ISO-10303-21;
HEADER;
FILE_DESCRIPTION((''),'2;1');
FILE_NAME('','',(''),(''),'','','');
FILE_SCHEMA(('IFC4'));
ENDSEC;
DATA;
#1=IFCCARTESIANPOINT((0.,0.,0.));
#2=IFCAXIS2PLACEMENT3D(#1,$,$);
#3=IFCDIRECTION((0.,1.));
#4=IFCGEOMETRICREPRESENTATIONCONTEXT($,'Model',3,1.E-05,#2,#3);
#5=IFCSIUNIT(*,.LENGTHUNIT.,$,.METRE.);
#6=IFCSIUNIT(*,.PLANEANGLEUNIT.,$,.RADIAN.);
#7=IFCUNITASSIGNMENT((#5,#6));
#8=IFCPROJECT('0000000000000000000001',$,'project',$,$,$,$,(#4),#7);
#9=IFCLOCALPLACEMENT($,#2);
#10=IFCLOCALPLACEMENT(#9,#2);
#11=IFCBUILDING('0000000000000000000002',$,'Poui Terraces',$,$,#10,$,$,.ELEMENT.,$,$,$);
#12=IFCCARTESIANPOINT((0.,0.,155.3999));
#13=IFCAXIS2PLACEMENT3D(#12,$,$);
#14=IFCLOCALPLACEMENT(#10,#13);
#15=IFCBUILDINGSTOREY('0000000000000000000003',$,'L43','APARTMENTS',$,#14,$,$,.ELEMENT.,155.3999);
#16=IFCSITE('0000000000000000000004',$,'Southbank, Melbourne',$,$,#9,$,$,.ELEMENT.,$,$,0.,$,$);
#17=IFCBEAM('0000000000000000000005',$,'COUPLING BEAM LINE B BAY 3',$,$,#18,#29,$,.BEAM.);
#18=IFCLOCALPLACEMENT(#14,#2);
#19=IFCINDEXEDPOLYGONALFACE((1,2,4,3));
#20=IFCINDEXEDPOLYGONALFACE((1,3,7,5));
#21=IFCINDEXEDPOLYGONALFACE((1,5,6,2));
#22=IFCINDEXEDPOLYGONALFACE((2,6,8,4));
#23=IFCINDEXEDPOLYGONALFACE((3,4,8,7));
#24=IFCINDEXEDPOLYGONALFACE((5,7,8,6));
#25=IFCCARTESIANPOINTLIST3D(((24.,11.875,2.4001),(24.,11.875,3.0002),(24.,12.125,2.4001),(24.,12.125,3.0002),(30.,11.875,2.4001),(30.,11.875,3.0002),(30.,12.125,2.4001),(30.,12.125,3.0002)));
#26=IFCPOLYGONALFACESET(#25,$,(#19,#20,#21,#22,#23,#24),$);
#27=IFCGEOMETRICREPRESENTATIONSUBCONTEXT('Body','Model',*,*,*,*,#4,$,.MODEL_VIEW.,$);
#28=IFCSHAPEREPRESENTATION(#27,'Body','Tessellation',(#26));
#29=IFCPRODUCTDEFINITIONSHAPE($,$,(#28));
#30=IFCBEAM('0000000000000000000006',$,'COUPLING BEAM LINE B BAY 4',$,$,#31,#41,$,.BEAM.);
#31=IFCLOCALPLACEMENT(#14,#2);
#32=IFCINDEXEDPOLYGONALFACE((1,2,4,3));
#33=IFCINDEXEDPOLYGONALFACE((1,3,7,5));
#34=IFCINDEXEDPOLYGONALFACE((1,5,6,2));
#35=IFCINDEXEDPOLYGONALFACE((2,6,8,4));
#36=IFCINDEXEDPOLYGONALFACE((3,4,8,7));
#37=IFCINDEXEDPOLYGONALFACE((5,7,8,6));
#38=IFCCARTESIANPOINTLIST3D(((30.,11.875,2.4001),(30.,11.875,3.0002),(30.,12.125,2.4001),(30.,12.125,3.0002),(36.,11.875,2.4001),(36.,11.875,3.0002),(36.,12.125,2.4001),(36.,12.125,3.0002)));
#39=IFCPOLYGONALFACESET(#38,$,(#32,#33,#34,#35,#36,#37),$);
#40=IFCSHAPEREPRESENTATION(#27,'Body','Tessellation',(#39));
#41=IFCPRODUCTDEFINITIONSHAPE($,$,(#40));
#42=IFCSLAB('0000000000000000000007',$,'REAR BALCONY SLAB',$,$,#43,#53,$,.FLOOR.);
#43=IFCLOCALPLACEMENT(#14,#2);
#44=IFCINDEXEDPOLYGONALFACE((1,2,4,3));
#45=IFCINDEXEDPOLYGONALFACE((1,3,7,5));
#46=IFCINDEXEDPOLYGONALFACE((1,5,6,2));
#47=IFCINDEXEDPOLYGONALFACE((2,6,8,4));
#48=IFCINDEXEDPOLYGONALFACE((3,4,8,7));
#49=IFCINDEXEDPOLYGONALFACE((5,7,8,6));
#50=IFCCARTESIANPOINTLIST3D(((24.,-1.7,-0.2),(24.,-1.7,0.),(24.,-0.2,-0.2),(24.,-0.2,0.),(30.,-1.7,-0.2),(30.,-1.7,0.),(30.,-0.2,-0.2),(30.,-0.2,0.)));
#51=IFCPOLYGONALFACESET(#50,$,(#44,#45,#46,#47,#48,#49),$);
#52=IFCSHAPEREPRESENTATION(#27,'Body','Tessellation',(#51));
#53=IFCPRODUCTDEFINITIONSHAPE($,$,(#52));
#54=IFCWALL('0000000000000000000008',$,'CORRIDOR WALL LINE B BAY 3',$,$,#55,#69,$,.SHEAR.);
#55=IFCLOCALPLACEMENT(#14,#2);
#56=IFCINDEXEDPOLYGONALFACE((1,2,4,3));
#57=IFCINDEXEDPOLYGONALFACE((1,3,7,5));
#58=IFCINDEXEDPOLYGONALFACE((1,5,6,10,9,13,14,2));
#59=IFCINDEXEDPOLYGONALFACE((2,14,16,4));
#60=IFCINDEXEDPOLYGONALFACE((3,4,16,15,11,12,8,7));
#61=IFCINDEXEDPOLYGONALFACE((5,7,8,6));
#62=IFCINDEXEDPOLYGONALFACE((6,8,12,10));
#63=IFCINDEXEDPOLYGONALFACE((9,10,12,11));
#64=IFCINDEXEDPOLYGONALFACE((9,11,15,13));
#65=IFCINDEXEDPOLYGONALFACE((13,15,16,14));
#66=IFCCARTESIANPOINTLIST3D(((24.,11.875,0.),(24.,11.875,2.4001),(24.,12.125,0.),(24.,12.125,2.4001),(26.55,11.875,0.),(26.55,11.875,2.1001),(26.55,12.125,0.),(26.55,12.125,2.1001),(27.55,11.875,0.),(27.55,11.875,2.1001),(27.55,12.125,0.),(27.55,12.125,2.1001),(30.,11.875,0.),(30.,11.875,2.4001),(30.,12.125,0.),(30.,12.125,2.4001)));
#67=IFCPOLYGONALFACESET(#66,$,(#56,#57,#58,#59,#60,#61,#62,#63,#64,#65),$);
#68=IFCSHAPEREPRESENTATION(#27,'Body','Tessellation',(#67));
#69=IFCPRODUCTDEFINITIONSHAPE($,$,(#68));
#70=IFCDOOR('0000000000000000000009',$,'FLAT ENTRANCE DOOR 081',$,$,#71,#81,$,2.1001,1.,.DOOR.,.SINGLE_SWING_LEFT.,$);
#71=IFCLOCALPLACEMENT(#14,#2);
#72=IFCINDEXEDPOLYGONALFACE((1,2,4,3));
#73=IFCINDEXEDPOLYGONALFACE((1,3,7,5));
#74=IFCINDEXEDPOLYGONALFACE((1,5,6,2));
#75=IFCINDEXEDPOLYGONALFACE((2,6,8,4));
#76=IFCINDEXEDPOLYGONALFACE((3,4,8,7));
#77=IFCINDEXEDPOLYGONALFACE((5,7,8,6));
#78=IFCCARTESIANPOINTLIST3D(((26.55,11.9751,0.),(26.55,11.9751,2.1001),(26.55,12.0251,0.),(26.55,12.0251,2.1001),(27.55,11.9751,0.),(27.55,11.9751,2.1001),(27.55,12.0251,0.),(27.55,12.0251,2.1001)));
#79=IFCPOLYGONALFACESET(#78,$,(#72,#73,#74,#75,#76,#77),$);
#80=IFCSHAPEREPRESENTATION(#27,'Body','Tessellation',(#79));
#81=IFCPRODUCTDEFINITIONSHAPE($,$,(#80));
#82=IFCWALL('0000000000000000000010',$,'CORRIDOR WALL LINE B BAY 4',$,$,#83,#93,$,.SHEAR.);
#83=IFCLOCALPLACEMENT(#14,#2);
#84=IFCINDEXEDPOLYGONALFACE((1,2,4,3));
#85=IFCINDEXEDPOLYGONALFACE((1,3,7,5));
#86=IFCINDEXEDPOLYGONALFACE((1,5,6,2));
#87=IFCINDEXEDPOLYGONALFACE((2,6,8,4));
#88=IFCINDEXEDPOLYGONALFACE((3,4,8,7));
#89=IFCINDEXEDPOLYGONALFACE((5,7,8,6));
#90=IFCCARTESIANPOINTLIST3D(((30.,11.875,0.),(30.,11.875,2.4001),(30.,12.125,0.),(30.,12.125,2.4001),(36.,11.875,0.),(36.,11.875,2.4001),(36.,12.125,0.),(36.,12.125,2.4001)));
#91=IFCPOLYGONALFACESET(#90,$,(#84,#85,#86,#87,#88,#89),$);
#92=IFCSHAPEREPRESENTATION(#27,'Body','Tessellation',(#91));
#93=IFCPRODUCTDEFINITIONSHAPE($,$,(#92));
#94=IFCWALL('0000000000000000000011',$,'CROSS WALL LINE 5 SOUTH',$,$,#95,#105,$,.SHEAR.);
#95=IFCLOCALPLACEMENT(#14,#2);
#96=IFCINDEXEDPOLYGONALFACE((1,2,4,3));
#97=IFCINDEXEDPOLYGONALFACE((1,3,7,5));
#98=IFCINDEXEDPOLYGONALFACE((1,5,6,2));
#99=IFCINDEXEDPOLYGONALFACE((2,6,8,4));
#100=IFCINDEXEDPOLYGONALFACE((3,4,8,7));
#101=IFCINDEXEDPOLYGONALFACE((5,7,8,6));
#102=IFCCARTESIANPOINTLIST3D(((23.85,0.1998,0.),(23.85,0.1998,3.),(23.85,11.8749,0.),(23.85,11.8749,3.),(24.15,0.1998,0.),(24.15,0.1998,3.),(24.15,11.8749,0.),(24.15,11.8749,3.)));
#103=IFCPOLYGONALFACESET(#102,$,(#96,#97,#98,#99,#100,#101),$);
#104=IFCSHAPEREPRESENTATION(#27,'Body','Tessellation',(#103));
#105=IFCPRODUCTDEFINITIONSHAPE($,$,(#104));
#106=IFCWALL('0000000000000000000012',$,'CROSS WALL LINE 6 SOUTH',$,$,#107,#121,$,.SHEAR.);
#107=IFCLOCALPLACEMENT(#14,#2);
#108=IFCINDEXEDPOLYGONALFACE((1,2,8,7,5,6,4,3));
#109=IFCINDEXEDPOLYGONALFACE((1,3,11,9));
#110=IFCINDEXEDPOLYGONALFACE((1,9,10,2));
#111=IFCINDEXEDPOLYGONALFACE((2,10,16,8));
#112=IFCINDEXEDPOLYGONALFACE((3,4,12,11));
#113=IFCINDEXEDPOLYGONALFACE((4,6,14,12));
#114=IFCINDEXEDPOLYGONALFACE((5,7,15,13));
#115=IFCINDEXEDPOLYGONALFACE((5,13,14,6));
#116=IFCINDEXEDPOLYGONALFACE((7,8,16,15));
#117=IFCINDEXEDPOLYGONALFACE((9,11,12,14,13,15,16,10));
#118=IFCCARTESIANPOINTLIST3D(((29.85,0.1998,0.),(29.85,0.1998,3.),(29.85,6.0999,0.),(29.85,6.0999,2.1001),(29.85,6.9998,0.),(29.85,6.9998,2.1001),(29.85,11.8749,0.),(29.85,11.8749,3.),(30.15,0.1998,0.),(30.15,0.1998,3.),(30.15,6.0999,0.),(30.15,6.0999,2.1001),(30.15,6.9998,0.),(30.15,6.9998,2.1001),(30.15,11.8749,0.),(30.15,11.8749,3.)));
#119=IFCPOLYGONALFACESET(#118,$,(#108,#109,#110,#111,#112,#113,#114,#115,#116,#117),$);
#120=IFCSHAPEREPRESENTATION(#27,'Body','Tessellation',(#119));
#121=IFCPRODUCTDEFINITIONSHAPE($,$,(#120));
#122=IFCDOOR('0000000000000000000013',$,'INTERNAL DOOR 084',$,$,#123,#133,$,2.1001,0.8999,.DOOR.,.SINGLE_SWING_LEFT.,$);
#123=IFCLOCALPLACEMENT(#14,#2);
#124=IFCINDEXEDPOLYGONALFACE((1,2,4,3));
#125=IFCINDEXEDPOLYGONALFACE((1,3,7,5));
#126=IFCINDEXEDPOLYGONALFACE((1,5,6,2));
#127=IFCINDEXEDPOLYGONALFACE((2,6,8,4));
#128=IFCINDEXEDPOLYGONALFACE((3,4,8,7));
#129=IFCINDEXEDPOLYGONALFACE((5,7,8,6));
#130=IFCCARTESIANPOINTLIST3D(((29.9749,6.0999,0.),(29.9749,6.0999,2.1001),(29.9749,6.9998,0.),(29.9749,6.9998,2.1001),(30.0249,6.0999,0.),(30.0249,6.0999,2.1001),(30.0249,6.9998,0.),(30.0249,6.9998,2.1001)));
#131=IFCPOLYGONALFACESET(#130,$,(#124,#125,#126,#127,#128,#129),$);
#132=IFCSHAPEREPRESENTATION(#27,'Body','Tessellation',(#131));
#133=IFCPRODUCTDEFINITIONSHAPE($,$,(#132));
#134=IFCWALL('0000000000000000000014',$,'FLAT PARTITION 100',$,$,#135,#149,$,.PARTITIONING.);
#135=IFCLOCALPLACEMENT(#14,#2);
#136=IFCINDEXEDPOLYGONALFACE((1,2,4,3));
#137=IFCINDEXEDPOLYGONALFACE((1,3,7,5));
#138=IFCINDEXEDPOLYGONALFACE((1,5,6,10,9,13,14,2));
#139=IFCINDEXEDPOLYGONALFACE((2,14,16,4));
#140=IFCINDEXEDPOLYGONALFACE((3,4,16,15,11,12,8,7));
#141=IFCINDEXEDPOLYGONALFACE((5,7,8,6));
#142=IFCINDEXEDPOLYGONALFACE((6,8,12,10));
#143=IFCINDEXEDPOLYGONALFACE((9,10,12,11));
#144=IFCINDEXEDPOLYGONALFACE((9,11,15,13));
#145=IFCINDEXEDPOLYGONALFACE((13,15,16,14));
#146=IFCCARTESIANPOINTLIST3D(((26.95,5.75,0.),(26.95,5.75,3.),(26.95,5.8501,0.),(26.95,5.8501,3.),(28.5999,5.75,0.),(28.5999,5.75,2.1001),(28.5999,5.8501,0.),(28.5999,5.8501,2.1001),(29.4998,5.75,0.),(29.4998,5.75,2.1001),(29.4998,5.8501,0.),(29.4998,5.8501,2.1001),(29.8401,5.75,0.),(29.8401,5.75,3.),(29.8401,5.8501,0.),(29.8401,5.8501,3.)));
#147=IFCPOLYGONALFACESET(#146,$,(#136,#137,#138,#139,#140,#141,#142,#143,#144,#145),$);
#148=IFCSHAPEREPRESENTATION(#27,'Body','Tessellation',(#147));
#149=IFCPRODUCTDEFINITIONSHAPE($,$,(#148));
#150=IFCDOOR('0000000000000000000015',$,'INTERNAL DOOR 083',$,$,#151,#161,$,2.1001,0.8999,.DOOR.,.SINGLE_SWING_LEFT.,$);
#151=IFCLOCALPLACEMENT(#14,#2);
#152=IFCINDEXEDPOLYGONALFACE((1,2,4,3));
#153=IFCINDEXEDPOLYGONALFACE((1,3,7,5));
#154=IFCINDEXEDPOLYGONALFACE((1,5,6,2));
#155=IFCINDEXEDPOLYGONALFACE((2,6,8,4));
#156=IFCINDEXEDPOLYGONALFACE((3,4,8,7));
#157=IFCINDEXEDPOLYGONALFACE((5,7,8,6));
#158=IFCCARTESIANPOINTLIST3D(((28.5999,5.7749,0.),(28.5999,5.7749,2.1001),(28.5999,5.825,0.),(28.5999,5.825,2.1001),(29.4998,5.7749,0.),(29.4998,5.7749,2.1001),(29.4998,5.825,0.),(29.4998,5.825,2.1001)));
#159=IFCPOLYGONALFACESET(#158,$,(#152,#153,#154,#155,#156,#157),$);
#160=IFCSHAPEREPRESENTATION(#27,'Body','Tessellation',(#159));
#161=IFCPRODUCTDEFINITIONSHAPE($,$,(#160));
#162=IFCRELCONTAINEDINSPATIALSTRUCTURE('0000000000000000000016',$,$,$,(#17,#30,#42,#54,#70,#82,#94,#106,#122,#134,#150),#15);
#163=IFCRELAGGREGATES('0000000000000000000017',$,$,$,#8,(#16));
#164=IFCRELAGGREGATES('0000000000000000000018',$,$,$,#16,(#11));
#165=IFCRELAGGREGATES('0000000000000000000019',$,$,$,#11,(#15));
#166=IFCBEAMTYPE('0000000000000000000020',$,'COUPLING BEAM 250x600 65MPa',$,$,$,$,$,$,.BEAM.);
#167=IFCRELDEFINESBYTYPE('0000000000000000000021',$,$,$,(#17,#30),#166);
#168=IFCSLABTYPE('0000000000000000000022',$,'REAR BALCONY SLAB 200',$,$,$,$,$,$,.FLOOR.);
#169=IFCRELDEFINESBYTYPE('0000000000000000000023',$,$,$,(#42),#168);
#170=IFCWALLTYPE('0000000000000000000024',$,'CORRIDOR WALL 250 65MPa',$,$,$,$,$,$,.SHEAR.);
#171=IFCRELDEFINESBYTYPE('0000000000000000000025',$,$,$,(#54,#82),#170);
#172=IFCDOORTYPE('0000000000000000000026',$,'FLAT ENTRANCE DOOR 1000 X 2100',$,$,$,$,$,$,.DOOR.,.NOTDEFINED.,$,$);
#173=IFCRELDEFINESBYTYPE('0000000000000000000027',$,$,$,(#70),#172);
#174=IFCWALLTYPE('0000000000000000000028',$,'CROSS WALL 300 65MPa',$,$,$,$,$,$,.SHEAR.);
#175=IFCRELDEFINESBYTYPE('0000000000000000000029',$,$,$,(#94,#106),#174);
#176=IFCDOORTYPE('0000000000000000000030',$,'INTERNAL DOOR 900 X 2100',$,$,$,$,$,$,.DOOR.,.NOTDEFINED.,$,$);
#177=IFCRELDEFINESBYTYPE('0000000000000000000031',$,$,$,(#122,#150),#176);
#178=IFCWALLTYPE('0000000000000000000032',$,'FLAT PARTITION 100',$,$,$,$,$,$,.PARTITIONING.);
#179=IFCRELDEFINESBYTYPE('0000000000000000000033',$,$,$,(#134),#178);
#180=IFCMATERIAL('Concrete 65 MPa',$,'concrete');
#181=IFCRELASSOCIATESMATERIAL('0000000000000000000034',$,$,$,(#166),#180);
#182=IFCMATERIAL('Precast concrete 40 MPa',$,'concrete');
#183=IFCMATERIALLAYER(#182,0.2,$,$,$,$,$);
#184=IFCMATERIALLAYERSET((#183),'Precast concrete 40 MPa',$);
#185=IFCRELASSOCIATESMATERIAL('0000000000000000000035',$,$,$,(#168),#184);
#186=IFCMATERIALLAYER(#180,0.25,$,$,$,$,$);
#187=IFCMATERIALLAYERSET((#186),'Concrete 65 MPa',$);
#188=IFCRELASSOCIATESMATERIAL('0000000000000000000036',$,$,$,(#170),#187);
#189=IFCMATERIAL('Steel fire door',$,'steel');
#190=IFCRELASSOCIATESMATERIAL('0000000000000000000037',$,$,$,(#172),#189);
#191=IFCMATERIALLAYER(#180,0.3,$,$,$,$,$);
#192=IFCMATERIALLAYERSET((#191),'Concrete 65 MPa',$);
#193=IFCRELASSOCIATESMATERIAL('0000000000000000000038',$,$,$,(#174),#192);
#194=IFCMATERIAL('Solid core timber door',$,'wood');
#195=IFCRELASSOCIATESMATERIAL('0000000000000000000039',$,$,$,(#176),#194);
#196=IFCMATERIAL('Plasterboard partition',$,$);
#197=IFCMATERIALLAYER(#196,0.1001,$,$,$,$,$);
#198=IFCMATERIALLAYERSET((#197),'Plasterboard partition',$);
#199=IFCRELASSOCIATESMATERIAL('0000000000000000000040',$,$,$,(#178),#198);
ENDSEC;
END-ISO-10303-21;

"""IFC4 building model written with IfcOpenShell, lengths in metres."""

from ifc_helpers import new_model, si_unit, direction, frame, frame_2d, origin, origin_2d, place, context, subcontext, project, spatial, polyline, rectangle, outline, extrude, source, transform, mapped, material, layer, layer_set, material_profile, profile_set, type_object, element, fill, save


model = new_model("IFC4")

# Units and contexts
model_context = context("Model", 3, precision=1e-05, world=origin(), true_north=direction((0.0, 1.0)))
body_context = subcontext(model_context, "Body", "Model", "MODEL_VIEW")
ifc_project = project(units=[si_unit("LENGTHUNIT", "METRE"), si_unit("PLANEANGLEUNIT", "RADIAN")], contexts=[model_context])

# Site, building, storey
site_placement = place(None, origin())
site = spatial("IfcSite", under=ifc_project, at=site_placement, Name="Southbank, Melbourne", CompositionType="ELEMENT", RefElevation=0.0)
building_placement = place(site_placement, origin())
building = spatial("IfcBuilding", under=site, at=building_placement, Name="Poui Terraces", CompositionType="ELEMENT")
storey_placement = place(building_placement, frame((0.0, 0.0, 155.3999)))
storey = spatial("IfcBuildingStorey", under=building, at=storey_placement, Name="L43", Description="APARTMENTS", CompositionType="ELEMENT", Elevation=155.3999)

# Beams
ifc_material_1 = material(Name="Concrete 65 MPa", Category="concrete")
ifc_material_profile_1 = material_profile(ifc_material_1, rectangle(XDim=0.25, YDim=0.6001, at=origin_2d()), Name="RC 250x600")
ifc_profile_set_1 = profile_set([ifc_material_profile_1], Name="Concrete 65 MPa")
beam_type = type_object("IfcBeamType", Name="COUPLING BEAM 250x600 65MPa", PredefinedType="BEAM", material=ifc_profile_set_1)
shared_shape_1 = source(origin(), body_context, "Body", "SweptSolid", [
    extrude(rectangle(XDim=0.25, YDim=0.6001, at=origin_2d()), origin(), (0.0, 0.0, 1.0), 6.0),
])
for number, where, z_axis, x_axis, name in (
    (1, (24.0, 12.0, 2.7002), (1.0, 0.0, 0.0), (0.0, 1.0, 0.0), "COUPLING BEAM LINE B BAY 3"),
    (2, (30.0, 12.0, 2.7002), (1.0, 0.0, 0.0), (0.0, 1.0, 0.0), "COUPLING BEAM LINE B BAY 4"),
):
    element("IfcBeam", number, at=place(storey_placement, frame(where, z_axis=z_axis, x_axis=x_axis)), inside=storey, type_object=beam_type, Name=name, PredefinedType="BEAM", context=body_context, shape_type="MappedRepresentation", body=[
        mapped(shared_shape_1, transform((0.0, 0.0, 0.0))),
    ])

# Slab
ifc_material_2 = material(Name="Precast concrete 40 MPa", Category="concrete")
ifc_layer_1 = layer(ifc_material_2, 0.2)
ifc_layer_set_1 = layer_set([ifc_layer_1], Name="Precast concrete 40 MPa")
slab_type = type_object("IfcSlabType", Name="REAR BALCONY SLAB 200", PredefinedType="FLOOR", material=ifc_layer_set_1)
shared_shape_2 = source(origin(), body_context, "Body", "SweptSolid", [
    extrude(outline(polyline([(0.0, 0.0), (6.0, 0.0), (6.0, 1.5), (0.0, 1.5), (0.0, 0.0)])), origin(), (0.0, 0.0, 1.0), 0.2),
])
slab_placement = place(storey_placement, frame((24.0, -1.7, -0.2)))
element("IfcSlab", 3, at=slab_placement, inside=storey, type_object=slab_type, Name="REAR BALCONY SLAB", PredefinedType="FLOOR", context=body_context, shape_type="MappedRepresentation", body=[
    mapped(shared_shape_2, transform((0.0, 0.0, 0.0))),
])

# Wall, opening, door
ifc_layer_2 = layer(ifc_material_1, 0.25)
ifc_layer_set_2 = layer_set([ifc_layer_2], Name="Concrete 65 MPa")
wall_type_1 = type_object("IfcWallType", Name="CORRIDOR WALL 250 65MPa", PredefinedType="SHEAR", material=ifc_layer_set_2)
wall_1_placement = place(storey_placement, frame((24.0, 12.0, 0.0), z_axis=(0.0, 0.0, 1.0), x_axis=(1.0, 0.0, 0.0)))
wall_1 = element("IfcWall", 4, at=wall_1_placement, inside=storey, type_object=wall_type_1, Name="CORRIDOR WALL LINE B BAY 3", PredefinedType="SHEAR", context=body_context, shape_type="SweptSolid", body=[
    extrude(rectangle(XDim=6.0, YDim=0.25, at=frame_2d((3.0, 0.0))), origin(), (0.0, 0.0, 1.0), 2.4001),
])
opening_1_placement = place(wall_1_placement, frame((2.55, 0.0, 0.0)))
opening_1 = element("IfcOpeningElement", 5, at=opening_1_placement, cuts=wall_1, PredefinedType="OPENING", context=body_context, shape_type="SweptSolid", body=[
    extrude(rectangle(XDim=1.0, YDim=2.1001, at=frame_2d((0.5, 1.05))), frame((0.0, 0.135, 0.0), z_axis=(0.0, -1.0, 0.0), x_axis=(1.0, 0.0, 0.0)), (0.0, 0.0, 1.0), 0.27),
])
ifc_material_3 = material(Name="Steel fire door", Category="steel")
door_type_1 = type_object("IfcDoorType", Name="FLAT ENTRANCE DOOR 1000 X 2100", OperationType="NOTDEFINED", PredefinedType="DOOR", material=ifc_material_3)
door_1_placement = place(opening_1_placement, frame((1.0, 0.0, 0.0), z_axis=(0.0, 0.0, 1.0), x_axis=(-1.0, 0.0, 0.0)))
door_1 = element("IfcDoor", 6, at=door_1_placement, inside=storey, type_object=door_type_1, Name="FLAT ENTRANCE DOOR 081", OperationType="SINGLE_SWING_LEFT", OverallHeight=2.1001, OverallWidth=1.0, PredefinedType="DOOR", context=body_context, shape_type="SweptSolid", body=[
    extrude(rectangle(XDim=1.0, YDim=2.1001, at=frame_2d((0.5, 1.05))), frame((0.0, 0.0249, 0.0), z_axis=(0.0, -1.0, 0.0), x_axis=(1.0, 0.0, 0.0)), (0.0, 0.0, 1.0), 0.05),
])
fill(opening_1, door_1)

# Walls
wall_2_placement = place(storey_placement, frame((30.0, 12.0, 0.0), z_axis=(0.0, 0.0, 1.0), x_axis=(1.0, 0.0, 0.0)))
element("IfcWall", 7, at=wall_2_placement, inside=storey, type_object=wall_type_1, Name="CORRIDOR WALL LINE B BAY 4", PredefinedType="SHEAR", context=body_context, shape_type="SweptSolid", body=[
    extrude(rectangle(XDim=6.0, YDim=0.25, at=frame_2d((3.0, 0.0))), origin(), (0.0, 0.0, 1.0), 2.4001),
])
ifc_layer_3 = layer(ifc_material_1, 0.3)
ifc_layer_set_3 = layer_set([ifc_layer_3], Name="Concrete 65 MPa")
wall_type_2 = type_object("IfcWallType", Name="CROSS WALL 300 65MPa", PredefinedType="SHEAR", material=ifc_layer_set_3)
wall_3_placement = place(storey_placement, frame((24.0, 0.2, 0.0), z_axis=(0.0, 0.0, 1.0), x_axis=(0.0, 1.0, 0.0)))
element("IfcWall", 8, at=wall_3_placement, inside=storey, type_object=wall_type_2, Name="CROSS WALL LINE 5 SOUTH", PredefinedType="SHEAR", context=body_context, shape_type="SweptSolid", body=[
    extrude(rectangle(XDim=11.675, YDim=0.3, at=frame_2d((5.8374, 0.0))), origin(), (0.0, 0.0, 1.0), 3.0),
])

# Walls, openings, doors
wall_4_placement = place(storey_placement, frame((30.0, 0.2, 0.0), z_axis=(0.0, 0.0, 1.0), x_axis=(0.0, 1.0, 0.0)))
wall_4 = element("IfcWall", 9, at=wall_4_placement, inside=storey, type_object=wall_type_2, Name="CROSS WALL LINE 6 SOUTH", PredefinedType="SHEAR", context=body_context, shape_type="SweptSolid", body=[
    extrude(rectangle(XDim=11.675, YDim=0.3, at=frame_2d((5.8374, 0.0))), origin(), (0.0, 0.0, 1.0), 3.0),
])
opening_2_placement = place(wall_4_placement, frame((5.8999, 0.0, 0.0)))
opening_2 = element("IfcOpeningElement", 10, at=opening_2_placement, cuts=wall_4, PredefinedType="OPENING", context=body_context, shape_type="SweptSolid", body=[
    extrude(rectangle(XDim=0.8999, YDim=2.1001, at=frame_2d((0.45, 1.05))), frame((0.0, 0.1602, 0.0), z_axis=(0.0, -1.0, 0.0), x_axis=(1.0, 0.0, 0.0)), (0.0, 0.0, 1.0), 0.3201),
])
ifc_material_4 = material(Name="Solid core timber door", Category="wood")
door_type_2 = type_object("IfcDoorType", Name="INTERNAL DOOR 900 X 2100", OperationType="NOTDEFINED", PredefinedType="DOOR", material=ifc_material_4)
door_2_placement = place(opening_2_placement, frame((0.8999, 0.0, 0.0), z_axis=(0.0, 0.0, 1.0), x_axis=(-1.0, 0.0, 0.0)))
door_2 = element("IfcDoor", 11, at=door_2_placement, inside=storey, type_object=door_type_2, Name="INTERNAL DOOR 084", OperationType="SINGLE_SWING_LEFT", OverallHeight=2.1001, OverallWidth=0.8999, PredefinedType="DOOR", context=body_context, shape_type="SweptSolid", body=[
    extrude(rectangle(XDim=0.8999, YDim=2.1001, at=frame_2d((0.45, 1.05))), frame((0.0, 0.0249, 0.0), z_axis=(0.0, -1.0, 0.0), x_axis=(1.0, 0.0, 0.0)), (0.0, 0.0, 1.0), 0.05),
])
fill(opening_2, door_2)
ifc_material_5 = material(Name="Plasterboard partition")
ifc_layer_4 = layer(ifc_material_5, 0.1001)
ifc_layer_set_4 = layer_set([ifc_layer_4], Name="Plasterboard partition")
wall_type_3 = type_object("IfcWallType", Name="FLAT PARTITION 100", PredefinedType="PARTITIONING", material=ifc_layer_set_4)
wall_5_placement = place(storey_placement, frame((26.95, 5.8, 0.0), z_axis=(0.0, 0.0, 1.0), x_axis=(1.0, 0.0, 0.0)))
wall_5 = element("IfcWall", 12, at=wall_5_placement, inside=storey, type_object=wall_type_3, Name="FLAT PARTITION 100", PredefinedType="PARTITIONING", context=body_context, shape_type="SweptSolid", body=[
    extrude(rectangle(XDim=2.8901, YDim=0.1001, at=frame_2d((1.4451, 0.0))), origin(), (0.0, 0.0, 1.0), 3.0),
])
opening_3_placement = place(wall_5_placement, frame((1.6499, 0.0, 0.0)))
opening_3 = element("IfcOpeningElement", 13, at=opening_3_placement, cuts=wall_5, PredefinedType="OPENING", context=body_context, shape_type="SweptSolid", body=[
    extrude(rectangle(XDim=0.8999, YDim=2.1001, at=frame_2d((0.45, 1.05))), frame((0.0, 0.0601, 0.0), z_axis=(0.0, -1.0, 0.0), x_axis=(1.0, 0.0, 0.0)), (0.0, 0.0, 1.0), 0.1201),
])
door_3_placement = place(opening_3_placement, origin())
door_3 = element("IfcDoor", 14, at=door_3_placement, inside=storey, type_object=door_type_2, Name="INTERNAL DOOR 083", OperationType="SINGLE_SWING_LEFT", OverallHeight=2.1001, OverallWidth=0.8999, PredefinedType="DOOR", context=body_context, shape_type="SweptSolid", body=[
    extrude(rectangle(XDim=0.8999, YDim=2.1001, at=frame_2d((0.45, 1.05))), frame((0.0, 0.0249, 0.0), z_axis=(0.0, -1.0, 0.0), x_axis=(1.0, 0.0, 0.0)), (0.0, 0.0, 1.0), 0.05),
])
fill(opening_3, door_3)

save(model, "model.ifc")
